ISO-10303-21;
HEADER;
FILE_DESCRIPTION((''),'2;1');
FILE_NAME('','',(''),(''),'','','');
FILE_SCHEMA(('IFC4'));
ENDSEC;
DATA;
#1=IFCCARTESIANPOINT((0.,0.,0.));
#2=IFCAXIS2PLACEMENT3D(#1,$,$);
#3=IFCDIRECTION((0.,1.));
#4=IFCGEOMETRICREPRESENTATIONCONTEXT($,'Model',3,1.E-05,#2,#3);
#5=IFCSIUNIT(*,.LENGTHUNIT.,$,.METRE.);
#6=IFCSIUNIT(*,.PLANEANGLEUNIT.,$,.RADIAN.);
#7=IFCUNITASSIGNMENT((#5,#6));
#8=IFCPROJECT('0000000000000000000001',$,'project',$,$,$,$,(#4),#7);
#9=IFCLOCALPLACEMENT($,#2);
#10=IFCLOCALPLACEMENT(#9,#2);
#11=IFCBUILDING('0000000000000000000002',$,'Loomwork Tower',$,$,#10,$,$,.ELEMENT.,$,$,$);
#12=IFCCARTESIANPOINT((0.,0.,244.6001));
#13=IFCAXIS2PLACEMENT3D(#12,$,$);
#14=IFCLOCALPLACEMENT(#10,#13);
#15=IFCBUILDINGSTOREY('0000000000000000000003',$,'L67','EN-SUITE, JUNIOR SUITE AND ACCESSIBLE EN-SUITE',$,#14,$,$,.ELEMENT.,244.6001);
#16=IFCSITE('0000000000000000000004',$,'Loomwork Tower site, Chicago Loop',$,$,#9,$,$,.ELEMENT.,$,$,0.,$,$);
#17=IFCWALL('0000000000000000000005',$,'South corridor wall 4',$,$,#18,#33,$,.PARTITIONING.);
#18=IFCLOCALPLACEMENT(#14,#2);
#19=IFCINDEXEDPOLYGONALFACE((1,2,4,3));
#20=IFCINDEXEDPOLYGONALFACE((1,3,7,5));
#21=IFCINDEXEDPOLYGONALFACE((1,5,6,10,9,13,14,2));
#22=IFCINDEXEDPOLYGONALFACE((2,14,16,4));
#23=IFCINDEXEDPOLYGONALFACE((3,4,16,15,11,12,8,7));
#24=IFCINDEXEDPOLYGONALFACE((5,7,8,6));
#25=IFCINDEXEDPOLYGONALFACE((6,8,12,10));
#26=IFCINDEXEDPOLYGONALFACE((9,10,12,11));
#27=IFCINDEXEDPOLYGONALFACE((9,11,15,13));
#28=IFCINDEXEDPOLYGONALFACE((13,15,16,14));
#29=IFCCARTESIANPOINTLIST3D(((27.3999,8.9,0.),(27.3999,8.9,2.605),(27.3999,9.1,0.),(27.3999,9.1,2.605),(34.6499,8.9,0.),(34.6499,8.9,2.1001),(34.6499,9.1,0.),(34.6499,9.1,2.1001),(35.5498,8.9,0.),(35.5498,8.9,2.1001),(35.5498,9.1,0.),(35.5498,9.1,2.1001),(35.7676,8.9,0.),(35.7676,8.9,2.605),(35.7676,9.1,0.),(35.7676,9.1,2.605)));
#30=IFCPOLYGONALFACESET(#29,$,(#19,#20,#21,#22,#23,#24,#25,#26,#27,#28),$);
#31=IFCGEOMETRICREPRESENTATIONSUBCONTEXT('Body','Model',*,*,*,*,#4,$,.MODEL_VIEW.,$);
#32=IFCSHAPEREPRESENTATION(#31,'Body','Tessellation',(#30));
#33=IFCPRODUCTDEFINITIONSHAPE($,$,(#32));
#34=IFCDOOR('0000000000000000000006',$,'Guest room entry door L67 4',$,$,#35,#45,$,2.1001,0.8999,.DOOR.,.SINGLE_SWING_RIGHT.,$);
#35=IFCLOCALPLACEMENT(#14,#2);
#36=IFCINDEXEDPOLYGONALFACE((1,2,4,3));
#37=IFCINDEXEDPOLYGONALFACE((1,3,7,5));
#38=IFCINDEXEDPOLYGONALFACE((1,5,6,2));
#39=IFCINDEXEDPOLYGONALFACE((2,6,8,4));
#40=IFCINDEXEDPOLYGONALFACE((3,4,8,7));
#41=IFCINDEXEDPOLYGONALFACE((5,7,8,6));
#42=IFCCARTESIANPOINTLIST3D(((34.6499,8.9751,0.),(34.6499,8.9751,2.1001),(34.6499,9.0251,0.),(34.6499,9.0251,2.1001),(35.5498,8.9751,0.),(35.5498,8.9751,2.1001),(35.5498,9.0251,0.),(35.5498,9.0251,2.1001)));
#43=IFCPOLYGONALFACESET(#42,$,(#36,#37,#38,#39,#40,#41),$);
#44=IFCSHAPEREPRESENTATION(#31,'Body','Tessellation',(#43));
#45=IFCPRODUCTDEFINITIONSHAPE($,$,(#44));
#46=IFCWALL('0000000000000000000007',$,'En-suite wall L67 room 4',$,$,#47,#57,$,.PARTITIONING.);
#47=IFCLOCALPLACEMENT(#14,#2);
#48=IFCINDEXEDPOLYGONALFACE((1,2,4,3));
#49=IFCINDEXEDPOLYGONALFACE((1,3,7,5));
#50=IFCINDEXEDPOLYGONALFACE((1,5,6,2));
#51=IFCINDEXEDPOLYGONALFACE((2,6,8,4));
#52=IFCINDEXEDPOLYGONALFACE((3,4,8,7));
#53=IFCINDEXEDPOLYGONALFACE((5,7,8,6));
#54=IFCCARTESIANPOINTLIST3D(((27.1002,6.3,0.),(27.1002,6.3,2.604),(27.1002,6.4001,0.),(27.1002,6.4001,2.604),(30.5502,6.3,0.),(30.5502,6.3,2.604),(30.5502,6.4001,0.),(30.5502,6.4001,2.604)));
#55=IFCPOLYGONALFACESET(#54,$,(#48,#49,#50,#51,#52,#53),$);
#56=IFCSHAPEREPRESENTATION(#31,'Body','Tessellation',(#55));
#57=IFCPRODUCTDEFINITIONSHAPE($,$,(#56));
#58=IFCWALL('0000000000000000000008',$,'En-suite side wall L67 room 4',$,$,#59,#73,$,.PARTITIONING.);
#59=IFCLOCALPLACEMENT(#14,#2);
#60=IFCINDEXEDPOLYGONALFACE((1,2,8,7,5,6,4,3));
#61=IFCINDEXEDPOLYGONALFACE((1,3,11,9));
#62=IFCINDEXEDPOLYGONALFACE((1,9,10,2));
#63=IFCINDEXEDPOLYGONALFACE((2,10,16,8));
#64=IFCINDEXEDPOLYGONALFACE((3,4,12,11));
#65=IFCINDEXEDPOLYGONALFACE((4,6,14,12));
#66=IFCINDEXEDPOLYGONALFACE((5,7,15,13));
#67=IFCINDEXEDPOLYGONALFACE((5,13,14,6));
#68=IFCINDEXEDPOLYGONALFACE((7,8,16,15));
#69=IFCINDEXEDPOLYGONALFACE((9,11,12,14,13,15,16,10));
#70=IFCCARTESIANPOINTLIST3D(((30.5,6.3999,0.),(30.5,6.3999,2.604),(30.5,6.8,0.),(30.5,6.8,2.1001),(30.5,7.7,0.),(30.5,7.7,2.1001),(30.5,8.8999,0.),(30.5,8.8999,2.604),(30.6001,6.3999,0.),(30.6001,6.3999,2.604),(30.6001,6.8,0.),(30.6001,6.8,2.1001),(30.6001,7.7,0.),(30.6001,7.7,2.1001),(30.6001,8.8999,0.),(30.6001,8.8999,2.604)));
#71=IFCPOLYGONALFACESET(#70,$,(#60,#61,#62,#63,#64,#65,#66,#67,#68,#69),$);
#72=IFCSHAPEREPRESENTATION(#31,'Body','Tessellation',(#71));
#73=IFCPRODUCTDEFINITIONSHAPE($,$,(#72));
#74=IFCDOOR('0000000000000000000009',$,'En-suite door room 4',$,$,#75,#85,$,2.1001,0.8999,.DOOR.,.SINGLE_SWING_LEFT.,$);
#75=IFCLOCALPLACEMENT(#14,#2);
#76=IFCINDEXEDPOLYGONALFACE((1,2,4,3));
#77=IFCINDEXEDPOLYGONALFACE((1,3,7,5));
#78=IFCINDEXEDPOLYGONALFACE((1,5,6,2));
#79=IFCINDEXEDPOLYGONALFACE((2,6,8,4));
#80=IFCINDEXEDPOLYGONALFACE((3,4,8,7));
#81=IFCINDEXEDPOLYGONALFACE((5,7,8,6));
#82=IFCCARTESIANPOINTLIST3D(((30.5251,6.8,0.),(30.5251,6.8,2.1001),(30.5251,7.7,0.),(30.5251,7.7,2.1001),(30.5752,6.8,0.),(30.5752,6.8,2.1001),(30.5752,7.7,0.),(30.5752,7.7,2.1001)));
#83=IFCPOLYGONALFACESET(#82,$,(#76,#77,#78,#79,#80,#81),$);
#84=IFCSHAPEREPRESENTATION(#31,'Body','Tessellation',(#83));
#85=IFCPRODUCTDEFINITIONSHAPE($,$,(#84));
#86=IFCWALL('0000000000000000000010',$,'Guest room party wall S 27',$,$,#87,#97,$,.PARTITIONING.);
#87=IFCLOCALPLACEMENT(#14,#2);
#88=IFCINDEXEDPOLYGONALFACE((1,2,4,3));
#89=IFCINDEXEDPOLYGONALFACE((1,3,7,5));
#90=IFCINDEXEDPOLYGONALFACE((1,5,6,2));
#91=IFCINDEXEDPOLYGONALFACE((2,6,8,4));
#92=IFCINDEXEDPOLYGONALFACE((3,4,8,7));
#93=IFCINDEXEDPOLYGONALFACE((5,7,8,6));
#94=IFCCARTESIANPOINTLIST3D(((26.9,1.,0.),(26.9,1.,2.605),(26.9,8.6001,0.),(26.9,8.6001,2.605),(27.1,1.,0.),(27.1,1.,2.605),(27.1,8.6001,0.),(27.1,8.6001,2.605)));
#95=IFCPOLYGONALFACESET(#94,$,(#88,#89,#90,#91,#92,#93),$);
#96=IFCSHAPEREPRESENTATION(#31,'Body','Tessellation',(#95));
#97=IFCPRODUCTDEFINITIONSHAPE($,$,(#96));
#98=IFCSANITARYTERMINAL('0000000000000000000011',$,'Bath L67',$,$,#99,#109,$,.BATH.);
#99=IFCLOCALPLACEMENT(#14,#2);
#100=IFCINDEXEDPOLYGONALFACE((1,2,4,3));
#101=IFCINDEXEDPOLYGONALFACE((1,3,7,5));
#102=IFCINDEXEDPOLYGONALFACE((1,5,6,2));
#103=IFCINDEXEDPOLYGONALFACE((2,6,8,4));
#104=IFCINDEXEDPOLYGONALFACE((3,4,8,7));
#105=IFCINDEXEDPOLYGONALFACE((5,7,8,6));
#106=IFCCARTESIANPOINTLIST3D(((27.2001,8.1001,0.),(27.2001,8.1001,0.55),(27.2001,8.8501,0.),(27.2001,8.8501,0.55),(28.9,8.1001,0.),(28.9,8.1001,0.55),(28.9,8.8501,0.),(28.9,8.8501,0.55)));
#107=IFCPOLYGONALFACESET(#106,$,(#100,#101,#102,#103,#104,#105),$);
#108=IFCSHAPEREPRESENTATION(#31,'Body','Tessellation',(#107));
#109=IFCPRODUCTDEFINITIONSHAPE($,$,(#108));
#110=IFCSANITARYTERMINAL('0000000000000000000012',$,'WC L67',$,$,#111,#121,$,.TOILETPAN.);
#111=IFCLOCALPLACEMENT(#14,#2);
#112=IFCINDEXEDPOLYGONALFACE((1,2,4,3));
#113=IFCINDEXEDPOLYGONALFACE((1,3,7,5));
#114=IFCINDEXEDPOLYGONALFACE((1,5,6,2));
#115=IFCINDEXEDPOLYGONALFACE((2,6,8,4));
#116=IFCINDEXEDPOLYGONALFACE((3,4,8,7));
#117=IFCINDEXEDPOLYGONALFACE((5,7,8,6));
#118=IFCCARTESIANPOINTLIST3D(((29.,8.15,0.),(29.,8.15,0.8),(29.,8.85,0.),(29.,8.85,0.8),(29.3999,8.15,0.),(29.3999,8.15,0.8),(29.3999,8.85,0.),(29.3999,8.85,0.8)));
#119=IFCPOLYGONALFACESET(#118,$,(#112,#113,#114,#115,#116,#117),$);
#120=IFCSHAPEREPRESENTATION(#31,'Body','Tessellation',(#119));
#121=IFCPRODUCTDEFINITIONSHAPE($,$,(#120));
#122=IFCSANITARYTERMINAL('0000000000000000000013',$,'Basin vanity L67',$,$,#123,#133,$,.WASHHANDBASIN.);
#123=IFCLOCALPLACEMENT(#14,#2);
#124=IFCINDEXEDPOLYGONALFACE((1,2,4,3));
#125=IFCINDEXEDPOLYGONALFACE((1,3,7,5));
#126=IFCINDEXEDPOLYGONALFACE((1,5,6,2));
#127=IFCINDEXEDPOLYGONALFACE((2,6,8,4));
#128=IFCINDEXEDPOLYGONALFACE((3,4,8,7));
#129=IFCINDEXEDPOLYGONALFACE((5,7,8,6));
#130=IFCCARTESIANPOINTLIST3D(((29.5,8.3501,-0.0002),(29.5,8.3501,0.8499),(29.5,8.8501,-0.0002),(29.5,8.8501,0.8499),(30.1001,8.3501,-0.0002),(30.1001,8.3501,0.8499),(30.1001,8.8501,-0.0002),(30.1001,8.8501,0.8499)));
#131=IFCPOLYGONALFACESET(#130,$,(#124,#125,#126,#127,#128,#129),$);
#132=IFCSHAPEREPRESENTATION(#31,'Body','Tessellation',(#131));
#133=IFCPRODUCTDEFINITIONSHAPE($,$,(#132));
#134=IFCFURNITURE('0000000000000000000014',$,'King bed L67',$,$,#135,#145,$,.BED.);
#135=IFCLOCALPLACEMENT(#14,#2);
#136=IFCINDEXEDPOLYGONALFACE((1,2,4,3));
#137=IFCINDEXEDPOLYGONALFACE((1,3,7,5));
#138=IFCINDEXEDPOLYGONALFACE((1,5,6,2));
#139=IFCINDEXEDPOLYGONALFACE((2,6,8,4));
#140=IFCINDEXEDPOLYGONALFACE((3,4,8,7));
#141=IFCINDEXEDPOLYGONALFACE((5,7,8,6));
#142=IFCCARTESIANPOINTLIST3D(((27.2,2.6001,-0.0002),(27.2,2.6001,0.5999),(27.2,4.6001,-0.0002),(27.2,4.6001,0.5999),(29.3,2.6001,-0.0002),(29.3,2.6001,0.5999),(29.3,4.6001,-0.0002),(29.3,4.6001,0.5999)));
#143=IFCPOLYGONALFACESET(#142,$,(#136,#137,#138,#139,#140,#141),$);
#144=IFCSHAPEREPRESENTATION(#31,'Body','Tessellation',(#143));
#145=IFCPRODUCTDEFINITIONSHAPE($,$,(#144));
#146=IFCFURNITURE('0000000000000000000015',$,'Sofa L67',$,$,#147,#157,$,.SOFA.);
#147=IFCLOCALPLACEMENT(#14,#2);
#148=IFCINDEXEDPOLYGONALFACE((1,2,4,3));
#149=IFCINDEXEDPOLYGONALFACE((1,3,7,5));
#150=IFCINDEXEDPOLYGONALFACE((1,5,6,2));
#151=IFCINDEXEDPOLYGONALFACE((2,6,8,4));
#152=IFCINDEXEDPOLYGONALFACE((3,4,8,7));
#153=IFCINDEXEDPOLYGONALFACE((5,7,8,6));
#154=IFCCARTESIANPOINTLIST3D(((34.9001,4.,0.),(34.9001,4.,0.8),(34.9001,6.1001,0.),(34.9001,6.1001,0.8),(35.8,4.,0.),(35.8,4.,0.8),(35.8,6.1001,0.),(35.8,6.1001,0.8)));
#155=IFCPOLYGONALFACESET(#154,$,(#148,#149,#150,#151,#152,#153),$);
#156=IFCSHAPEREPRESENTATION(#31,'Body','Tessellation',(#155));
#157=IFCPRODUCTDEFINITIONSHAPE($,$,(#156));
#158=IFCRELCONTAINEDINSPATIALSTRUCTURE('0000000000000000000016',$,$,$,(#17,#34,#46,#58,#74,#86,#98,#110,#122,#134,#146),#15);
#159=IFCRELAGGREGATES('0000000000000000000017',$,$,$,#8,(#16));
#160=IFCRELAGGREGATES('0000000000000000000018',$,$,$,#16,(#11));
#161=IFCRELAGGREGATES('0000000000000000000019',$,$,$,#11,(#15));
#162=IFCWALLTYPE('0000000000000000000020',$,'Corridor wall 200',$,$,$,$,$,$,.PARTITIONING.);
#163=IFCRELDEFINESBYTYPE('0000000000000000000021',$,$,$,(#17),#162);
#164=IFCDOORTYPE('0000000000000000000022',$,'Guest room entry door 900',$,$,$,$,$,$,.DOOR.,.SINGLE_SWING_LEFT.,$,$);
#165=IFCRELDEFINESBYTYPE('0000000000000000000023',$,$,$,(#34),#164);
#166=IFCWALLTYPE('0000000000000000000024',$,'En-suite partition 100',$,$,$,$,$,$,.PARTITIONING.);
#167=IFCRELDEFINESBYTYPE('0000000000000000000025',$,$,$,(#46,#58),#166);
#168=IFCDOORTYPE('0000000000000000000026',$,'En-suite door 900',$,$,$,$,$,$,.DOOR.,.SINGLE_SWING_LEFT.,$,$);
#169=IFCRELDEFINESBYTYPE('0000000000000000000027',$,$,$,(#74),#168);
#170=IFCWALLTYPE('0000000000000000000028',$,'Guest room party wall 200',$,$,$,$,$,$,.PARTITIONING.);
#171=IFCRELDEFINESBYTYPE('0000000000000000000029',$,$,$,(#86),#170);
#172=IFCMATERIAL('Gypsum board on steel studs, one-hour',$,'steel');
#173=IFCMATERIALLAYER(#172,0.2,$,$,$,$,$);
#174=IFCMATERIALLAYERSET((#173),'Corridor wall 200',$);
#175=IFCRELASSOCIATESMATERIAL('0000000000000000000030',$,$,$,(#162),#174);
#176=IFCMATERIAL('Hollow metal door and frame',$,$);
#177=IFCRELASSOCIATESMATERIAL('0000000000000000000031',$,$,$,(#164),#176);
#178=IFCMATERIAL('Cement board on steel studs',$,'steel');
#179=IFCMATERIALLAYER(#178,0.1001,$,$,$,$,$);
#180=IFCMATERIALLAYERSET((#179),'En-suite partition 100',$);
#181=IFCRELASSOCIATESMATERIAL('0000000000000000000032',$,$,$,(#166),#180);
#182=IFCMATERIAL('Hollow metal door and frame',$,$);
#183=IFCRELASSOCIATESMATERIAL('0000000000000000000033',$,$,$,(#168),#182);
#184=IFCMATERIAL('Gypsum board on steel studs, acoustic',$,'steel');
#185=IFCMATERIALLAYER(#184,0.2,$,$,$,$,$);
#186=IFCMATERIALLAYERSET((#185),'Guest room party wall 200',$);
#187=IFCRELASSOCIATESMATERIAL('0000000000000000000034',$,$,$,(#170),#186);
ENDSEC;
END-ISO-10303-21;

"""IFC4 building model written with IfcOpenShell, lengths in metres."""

from ifc_helpers import new_model, si_unit, direction, frame, frame_2d, origin, origin_2d, place, context, subcontext, project, spatial, rectangle, extrude, material, layer, layer_set, type_object, element, fill, save


model = new_model("IFC4")

# Units and contexts
model_context = context("Model", 3, precision=1e-05, world=origin(), true_north=direction((0.0, 1.0)))
body_context = subcontext(model_context, "Body", "Model", "MODEL_VIEW")
ifc_project = project(units=[si_unit("LENGTHUNIT", "METRE"), si_unit("PLANEANGLEUNIT", "RADIAN")], contexts=[model_context])

# Site, building, storey
site_placement = place(None, origin())
site = spatial("IfcSite", under=ifc_project, at=site_placement, Name="Loomwork Tower site, Chicago Loop", CompositionType="ELEMENT", RefElevation=0.0)
building_placement = place(site_placement, origin())
building = spatial("IfcBuilding", under=site, at=building_placement, Name="Loomwork Tower", CompositionType="ELEMENT")
storey_placement = place(building_placement, frame((0.0, 0.0, 244.6001)))
storey = spatial("IfcBuildingStorey", under=building, at=storey_placement, Name="L67", Description="EN-SUITE, JUNIOR SUITE AND ACCESSIBLE EN-SUITE", CompositionType="ELEMENT", Elevation=244.6001)

# Wall, opening, door
ifc_material_1 = material(Name="Gypsum board on steel studs, one-hour", Category="steel")
ifc_layer_1 = layer(ifc_material_1, 0.2)
ifc_layer_set_1 = layer_set([ifc_layer_1], Name="Corridor wall 200")
wall_type_1 = type_object("IfcWallType", Name="Corridor wall 200", PredefinedType="PARTITIONING", material=ifc_layer_set_1)
wall_1_placement = place(storey_placement, frame((27.3999, 9.0, 0.0), z_axis=(0.0, 0.0, 1.0), x_axis=(1.0, 0.0, 0.0)))
wall_1 = element("IfcWall", 1, at=wall_1_placement, inside=storey, type_object=wall_type_1, Name="South corridor wall 4", PredefinedType="PARTITIONING", context=body_context, shape_type="SweptSolid", body=[
    extrude(rectangle(XDim=8.3677, YDim=0.2, at=frame_2d((4.1838, 0.0))), origin(), (0.0, 0.0, 1.0), 2.605),
])
opening_1_placement = place(wall_1_placement, frame((7.25, 0.0, 0.0)))
opening_1 = element("IfcOpeningElement", 2, at=opening_1_placement, cuts=wall_1, PredefinedType="OPENING", context=body_context, shape_type="SweptSolid", body=[
    extrude(rectangle(XDim=0.8999, YDim=2.1001, at=frame_2d((0.45, 1.05))), frame((0.0, 0.1099, 0.0), z_axis=(0.0, -1.0, 0.0), x_axis=(1.0, 0.0, 0.0)), (0.0, 0.0, 1.0), 0.22),
])
ifc_material_2 = material(Name="Hollow metal door and frame")
door_type_1 = type_object("IfcDoorType", Name="Guest room entry door 900", OperationType="SINGLE_SWING_LEFT", PredefinedType="DOOR", material=ifc_material_2)
door_1_placement = place(opening_1_placement, frame((0.8999, 0.0, 0.0), z_axis=(0.0, 0.0, 1.0), x_axis=(-1.0, 0.0, 0.0)))
door_1 = element("IfcDoor", 3, at=door_1_placement, inside=storey, type_object=door_type_1, Name="Guest room entry door L67 4", OperationType="SINGLE_SWING_RIGHT", OverallHeight=2.1001, OverallWidth=0.8999, PredefinedType="DOOR", context=body_context, shape_type="SweptSolid", body=[
    extrude(rectangle(XDim=0.8999, YDim=2.1001, at=frame_2d((0.45, 1.05))), frame((0.0, 0.0249, 0.0), z_axis=(0.0, -1.0, 0.0), x_axis=(1.0, 0.0, 0.0)), (0.0, 0.0, 1.0), 0.05),
])
fill(opening_1, door_1)

# Wall
ifc_material_3 = material(Name="Cement board on steel studs", Category="steel")
ifc_layer_2 = layer(ifc_material_3, 0.1001)
ifc_layer_set_2 = layer_set([ifc_layer_2], Name="En-suite partition 100")
wall_type_2 = type_object("IfcWallType", Name="En-suite partition 100", PredefinedType="PARTITIONING", material=ifc_layer_set_2)
wall_2_placement = place(storey_placement, frame((27.1001, 6.3501, 0.0), z_axis=(0.0, 0.0, 1.0), x_axis=(1.0, 0.0, 0.0)))
element("IfcWall", 4, at=wall_2_placement, inside=storey, type_object=wall_type_2, Name="En-suite wall L67 room 4", PredefinedType="PARTITIONING", context=body_context, shape_type="SweptSolid", body=[
    extrude(rectangle(XDim=3.45, YDim=0.1001, at=frame_2d((1.7251, 0.0))), origin(), (0.0, 0.0, 1.0), 2.604),
])

# Wall, opening, door
wall_3_placement = place(storey_placement, frame((30.55, 8.8999, 0.0), z_axis=(0.0, 0.0, 1.0), x_axis=(0.0, -1.0, 0.0)))
wall_3 = element("IfcWall", 5, at=wall_3_placement, inside=storey, type_object=wall_type_2, Name="En-suite side wall L67 room 4", PredefinedType="PARTITIONING", context=body_context, shape_type="SweptSolid", body=[
    extrude(rectangle(XDim=2.5, YDim=0.1001, at=frame_2d((1.25, 0.0))), origin(), (0.0, 0.0, 1.0), 2.604),
])
opening_2_placement = place(wall_3_placement, frame((1.2, 0.0, 0.0)))
opening_2 = element("IfcOpeningElement", 6, at=opening_2_placement, cuts=wall_3, PredefinedType="OPENING", context=body_context, shape_type="SweptSolid", body=[
    extrude(rectangle(XDim=0.8999, YDim=2.1001, at=frame_2d((0.45, 1.05))), frame((0.0, 0.0601, 0.0), z_axis=(0.0, -1.0, 0.0), x_axis=(1.0, 0.0, 0.0)), (0.0, 0.0, 1.0), 0.1201),
])
ifc_material_4 = material(Name="Hollow metal door and frame")
door_type_2 = type_object("IfcDoorType", Name="En-suite door 900", OperationType="SINGLE_SWING_LEFT", PredefinedType="DOOR", material=ifc_material_4)
door_2_placement = place(opening_2_placement, frame((0.8999, 0.0, 0.0), z_axis=(0.0, 0.0, 1.0), x_axis=(-1.0, 0.0, 0.0)))
door_2 = element("IfcDoor", 7, at=door_2_placement, inside=storey, type_object=door_type_2, Name="En-suite door room 4", OperationType="SINGLE_SWING_LEFT", OverallHeight=2.1001, OverallWidth=0.8999, PredefinedType="DOOR", context=body_context, shape_type="SweptSolid", body=[
    extrude(rectangle(XDim=0.8999, YDim=2.1001, at=frame_2d((0.45, 1.05))), frame((0.0, 0.0249, 0.0), z_axis=(0.0, -1.0, 0.0), x_axis=(1.0, 0.0, 0.0)), (0.0, 0.0, 1.0), 0.05),
])
fill(opening_2, door_2)

# Wall
ifc_material_5 = material(Name="Gypsum board on steel studs, acoustic", Category="steel")
ifc_layer_3 = layer(ifc_material_5, 0.2)
ifc_layer_set_3 = layer_set([ifc_layer_3], Name="Guest room party wall 200")
wall_type_3 = type_object("IfcWallType", Name="Guest room party wall 200", PredefinedType="PARTITIONING", material=ifc_layer_set_3)
wall_4_placement = place(storey_placement, frame((27.0, 8.6001, 0.0), z_axis=(0.0, 0.0, 1.0), x_axis=(0.0, -1.0, 0.0)))
element("IfcWall", 8, at=wall_4_placement, inside=storey, type_object=wall_type_3, Name="Guest room party wall S 27", PredefinedType="PARTITIONING", context=body_context, shape_type="SweptSolid", body=[
    extrude(rectangle(XDim=7.6001, YDim=0.2, at=frame_2d((3.8, 0.0))), origin(), (0.0, 0.0, 1.0), 2.605),
])

# Sanitary terminals
sanitary_terminal_1_placement = place(storey_placement, frame((28.05, 8.4751, 0.0), z_axis=(0.0, 0.0, 1.0), x_axis=(1.0, 0.0, 0.0)))
element("IfcSanitaryTerminal", 9, at=sanitary_terminal_1_placement, inside=storey, Name="Bath L67", PredefinedType="BATH", context=body_context, shape_type="SweptSolid", body=[
    extrude(rectangle(XDim=1.7, YDim=0.75, at=origin_2d()), origin(), (0.0, 0.0, 1.0), 0.55),
])
sanitary_terminal_2_placement = place(storey_placement, frame((29.2, 8.5, 0.0), z_axis=(0.0, 0.0, 1.0), x_axis=(1.0, 0.0, 0.0)))
element("IfcSanitaryTerminal", 10, at=sanitary_terminal_2_placement, inside=storey, Name="WC L67", PredefinedType="TOILETPAN", context=body_context, shape_type="SweptSolid", body=[
    extrude(rectangle(XDim=0.3999, YDim=0.7, at=origin_2d()), origin(), (0.0, 0.0, 1.0), 0.8),
])
sanitary_terminal_3_placement = place(storey_placement, frame((29.8, 8.6001, -0.0002), z_axis=(0.0, 0.0, 1.0), x_axis=(1.0, 0.0, 0.0)))
element("IfcSanitaryTerminal", 11, at=sanitary_terminal_3_placement, inside=storey, Name="Basin vanity L67", PredefinedType="WASHHANDBASIN", context=body_context, shape_type="SweptSolid", body=[
    extrude(rectangle(XDim=0.6001, YDim=0.5, at=origin_2d()), origin(), (0.0, 0.0, 1.0), 0.8501),
])

# Furniture
furniture_1_placement = place(storey_placement, frame((28.25, 3.6001, -0.0002), z_axis=(0.0, 0.0, 1.0), x_axis=(1.0, 0.0, 0.0)))
element("IfcFurniture", 12, at=furniture_1_placement, inside=storey, Name="King bed L67", PredefinedType="BED", context=body_context, shape_type="SweptSolid", body=[
    extrude(rectangle(XDim=2.1001, YDim=2.0, at=origin_2d()), origin(), (0.0, 0.0, 1.0), 0.6001),
])
furniture_2_placement = place(storey_placement, frame((35.3501, 5.05, 0.0), z_axis=(0.0, 0.0, 1.0), x_axis=(1.0, 0.0, 0.0)))
element("IfcFurniture", 13, at=furniture_2_placement, inside=storey, Name="Sofa L67", PredefinedType="SOFA", context=body_context, shape_type="SweptSolid", body=[
    extrude(rectangle(XDim=0.8999, YDim=2.1001, at=origin_2d()), origin(), (0.0, 0.0, 1.0), 0.8),
])

save(model, "model.ifc")
